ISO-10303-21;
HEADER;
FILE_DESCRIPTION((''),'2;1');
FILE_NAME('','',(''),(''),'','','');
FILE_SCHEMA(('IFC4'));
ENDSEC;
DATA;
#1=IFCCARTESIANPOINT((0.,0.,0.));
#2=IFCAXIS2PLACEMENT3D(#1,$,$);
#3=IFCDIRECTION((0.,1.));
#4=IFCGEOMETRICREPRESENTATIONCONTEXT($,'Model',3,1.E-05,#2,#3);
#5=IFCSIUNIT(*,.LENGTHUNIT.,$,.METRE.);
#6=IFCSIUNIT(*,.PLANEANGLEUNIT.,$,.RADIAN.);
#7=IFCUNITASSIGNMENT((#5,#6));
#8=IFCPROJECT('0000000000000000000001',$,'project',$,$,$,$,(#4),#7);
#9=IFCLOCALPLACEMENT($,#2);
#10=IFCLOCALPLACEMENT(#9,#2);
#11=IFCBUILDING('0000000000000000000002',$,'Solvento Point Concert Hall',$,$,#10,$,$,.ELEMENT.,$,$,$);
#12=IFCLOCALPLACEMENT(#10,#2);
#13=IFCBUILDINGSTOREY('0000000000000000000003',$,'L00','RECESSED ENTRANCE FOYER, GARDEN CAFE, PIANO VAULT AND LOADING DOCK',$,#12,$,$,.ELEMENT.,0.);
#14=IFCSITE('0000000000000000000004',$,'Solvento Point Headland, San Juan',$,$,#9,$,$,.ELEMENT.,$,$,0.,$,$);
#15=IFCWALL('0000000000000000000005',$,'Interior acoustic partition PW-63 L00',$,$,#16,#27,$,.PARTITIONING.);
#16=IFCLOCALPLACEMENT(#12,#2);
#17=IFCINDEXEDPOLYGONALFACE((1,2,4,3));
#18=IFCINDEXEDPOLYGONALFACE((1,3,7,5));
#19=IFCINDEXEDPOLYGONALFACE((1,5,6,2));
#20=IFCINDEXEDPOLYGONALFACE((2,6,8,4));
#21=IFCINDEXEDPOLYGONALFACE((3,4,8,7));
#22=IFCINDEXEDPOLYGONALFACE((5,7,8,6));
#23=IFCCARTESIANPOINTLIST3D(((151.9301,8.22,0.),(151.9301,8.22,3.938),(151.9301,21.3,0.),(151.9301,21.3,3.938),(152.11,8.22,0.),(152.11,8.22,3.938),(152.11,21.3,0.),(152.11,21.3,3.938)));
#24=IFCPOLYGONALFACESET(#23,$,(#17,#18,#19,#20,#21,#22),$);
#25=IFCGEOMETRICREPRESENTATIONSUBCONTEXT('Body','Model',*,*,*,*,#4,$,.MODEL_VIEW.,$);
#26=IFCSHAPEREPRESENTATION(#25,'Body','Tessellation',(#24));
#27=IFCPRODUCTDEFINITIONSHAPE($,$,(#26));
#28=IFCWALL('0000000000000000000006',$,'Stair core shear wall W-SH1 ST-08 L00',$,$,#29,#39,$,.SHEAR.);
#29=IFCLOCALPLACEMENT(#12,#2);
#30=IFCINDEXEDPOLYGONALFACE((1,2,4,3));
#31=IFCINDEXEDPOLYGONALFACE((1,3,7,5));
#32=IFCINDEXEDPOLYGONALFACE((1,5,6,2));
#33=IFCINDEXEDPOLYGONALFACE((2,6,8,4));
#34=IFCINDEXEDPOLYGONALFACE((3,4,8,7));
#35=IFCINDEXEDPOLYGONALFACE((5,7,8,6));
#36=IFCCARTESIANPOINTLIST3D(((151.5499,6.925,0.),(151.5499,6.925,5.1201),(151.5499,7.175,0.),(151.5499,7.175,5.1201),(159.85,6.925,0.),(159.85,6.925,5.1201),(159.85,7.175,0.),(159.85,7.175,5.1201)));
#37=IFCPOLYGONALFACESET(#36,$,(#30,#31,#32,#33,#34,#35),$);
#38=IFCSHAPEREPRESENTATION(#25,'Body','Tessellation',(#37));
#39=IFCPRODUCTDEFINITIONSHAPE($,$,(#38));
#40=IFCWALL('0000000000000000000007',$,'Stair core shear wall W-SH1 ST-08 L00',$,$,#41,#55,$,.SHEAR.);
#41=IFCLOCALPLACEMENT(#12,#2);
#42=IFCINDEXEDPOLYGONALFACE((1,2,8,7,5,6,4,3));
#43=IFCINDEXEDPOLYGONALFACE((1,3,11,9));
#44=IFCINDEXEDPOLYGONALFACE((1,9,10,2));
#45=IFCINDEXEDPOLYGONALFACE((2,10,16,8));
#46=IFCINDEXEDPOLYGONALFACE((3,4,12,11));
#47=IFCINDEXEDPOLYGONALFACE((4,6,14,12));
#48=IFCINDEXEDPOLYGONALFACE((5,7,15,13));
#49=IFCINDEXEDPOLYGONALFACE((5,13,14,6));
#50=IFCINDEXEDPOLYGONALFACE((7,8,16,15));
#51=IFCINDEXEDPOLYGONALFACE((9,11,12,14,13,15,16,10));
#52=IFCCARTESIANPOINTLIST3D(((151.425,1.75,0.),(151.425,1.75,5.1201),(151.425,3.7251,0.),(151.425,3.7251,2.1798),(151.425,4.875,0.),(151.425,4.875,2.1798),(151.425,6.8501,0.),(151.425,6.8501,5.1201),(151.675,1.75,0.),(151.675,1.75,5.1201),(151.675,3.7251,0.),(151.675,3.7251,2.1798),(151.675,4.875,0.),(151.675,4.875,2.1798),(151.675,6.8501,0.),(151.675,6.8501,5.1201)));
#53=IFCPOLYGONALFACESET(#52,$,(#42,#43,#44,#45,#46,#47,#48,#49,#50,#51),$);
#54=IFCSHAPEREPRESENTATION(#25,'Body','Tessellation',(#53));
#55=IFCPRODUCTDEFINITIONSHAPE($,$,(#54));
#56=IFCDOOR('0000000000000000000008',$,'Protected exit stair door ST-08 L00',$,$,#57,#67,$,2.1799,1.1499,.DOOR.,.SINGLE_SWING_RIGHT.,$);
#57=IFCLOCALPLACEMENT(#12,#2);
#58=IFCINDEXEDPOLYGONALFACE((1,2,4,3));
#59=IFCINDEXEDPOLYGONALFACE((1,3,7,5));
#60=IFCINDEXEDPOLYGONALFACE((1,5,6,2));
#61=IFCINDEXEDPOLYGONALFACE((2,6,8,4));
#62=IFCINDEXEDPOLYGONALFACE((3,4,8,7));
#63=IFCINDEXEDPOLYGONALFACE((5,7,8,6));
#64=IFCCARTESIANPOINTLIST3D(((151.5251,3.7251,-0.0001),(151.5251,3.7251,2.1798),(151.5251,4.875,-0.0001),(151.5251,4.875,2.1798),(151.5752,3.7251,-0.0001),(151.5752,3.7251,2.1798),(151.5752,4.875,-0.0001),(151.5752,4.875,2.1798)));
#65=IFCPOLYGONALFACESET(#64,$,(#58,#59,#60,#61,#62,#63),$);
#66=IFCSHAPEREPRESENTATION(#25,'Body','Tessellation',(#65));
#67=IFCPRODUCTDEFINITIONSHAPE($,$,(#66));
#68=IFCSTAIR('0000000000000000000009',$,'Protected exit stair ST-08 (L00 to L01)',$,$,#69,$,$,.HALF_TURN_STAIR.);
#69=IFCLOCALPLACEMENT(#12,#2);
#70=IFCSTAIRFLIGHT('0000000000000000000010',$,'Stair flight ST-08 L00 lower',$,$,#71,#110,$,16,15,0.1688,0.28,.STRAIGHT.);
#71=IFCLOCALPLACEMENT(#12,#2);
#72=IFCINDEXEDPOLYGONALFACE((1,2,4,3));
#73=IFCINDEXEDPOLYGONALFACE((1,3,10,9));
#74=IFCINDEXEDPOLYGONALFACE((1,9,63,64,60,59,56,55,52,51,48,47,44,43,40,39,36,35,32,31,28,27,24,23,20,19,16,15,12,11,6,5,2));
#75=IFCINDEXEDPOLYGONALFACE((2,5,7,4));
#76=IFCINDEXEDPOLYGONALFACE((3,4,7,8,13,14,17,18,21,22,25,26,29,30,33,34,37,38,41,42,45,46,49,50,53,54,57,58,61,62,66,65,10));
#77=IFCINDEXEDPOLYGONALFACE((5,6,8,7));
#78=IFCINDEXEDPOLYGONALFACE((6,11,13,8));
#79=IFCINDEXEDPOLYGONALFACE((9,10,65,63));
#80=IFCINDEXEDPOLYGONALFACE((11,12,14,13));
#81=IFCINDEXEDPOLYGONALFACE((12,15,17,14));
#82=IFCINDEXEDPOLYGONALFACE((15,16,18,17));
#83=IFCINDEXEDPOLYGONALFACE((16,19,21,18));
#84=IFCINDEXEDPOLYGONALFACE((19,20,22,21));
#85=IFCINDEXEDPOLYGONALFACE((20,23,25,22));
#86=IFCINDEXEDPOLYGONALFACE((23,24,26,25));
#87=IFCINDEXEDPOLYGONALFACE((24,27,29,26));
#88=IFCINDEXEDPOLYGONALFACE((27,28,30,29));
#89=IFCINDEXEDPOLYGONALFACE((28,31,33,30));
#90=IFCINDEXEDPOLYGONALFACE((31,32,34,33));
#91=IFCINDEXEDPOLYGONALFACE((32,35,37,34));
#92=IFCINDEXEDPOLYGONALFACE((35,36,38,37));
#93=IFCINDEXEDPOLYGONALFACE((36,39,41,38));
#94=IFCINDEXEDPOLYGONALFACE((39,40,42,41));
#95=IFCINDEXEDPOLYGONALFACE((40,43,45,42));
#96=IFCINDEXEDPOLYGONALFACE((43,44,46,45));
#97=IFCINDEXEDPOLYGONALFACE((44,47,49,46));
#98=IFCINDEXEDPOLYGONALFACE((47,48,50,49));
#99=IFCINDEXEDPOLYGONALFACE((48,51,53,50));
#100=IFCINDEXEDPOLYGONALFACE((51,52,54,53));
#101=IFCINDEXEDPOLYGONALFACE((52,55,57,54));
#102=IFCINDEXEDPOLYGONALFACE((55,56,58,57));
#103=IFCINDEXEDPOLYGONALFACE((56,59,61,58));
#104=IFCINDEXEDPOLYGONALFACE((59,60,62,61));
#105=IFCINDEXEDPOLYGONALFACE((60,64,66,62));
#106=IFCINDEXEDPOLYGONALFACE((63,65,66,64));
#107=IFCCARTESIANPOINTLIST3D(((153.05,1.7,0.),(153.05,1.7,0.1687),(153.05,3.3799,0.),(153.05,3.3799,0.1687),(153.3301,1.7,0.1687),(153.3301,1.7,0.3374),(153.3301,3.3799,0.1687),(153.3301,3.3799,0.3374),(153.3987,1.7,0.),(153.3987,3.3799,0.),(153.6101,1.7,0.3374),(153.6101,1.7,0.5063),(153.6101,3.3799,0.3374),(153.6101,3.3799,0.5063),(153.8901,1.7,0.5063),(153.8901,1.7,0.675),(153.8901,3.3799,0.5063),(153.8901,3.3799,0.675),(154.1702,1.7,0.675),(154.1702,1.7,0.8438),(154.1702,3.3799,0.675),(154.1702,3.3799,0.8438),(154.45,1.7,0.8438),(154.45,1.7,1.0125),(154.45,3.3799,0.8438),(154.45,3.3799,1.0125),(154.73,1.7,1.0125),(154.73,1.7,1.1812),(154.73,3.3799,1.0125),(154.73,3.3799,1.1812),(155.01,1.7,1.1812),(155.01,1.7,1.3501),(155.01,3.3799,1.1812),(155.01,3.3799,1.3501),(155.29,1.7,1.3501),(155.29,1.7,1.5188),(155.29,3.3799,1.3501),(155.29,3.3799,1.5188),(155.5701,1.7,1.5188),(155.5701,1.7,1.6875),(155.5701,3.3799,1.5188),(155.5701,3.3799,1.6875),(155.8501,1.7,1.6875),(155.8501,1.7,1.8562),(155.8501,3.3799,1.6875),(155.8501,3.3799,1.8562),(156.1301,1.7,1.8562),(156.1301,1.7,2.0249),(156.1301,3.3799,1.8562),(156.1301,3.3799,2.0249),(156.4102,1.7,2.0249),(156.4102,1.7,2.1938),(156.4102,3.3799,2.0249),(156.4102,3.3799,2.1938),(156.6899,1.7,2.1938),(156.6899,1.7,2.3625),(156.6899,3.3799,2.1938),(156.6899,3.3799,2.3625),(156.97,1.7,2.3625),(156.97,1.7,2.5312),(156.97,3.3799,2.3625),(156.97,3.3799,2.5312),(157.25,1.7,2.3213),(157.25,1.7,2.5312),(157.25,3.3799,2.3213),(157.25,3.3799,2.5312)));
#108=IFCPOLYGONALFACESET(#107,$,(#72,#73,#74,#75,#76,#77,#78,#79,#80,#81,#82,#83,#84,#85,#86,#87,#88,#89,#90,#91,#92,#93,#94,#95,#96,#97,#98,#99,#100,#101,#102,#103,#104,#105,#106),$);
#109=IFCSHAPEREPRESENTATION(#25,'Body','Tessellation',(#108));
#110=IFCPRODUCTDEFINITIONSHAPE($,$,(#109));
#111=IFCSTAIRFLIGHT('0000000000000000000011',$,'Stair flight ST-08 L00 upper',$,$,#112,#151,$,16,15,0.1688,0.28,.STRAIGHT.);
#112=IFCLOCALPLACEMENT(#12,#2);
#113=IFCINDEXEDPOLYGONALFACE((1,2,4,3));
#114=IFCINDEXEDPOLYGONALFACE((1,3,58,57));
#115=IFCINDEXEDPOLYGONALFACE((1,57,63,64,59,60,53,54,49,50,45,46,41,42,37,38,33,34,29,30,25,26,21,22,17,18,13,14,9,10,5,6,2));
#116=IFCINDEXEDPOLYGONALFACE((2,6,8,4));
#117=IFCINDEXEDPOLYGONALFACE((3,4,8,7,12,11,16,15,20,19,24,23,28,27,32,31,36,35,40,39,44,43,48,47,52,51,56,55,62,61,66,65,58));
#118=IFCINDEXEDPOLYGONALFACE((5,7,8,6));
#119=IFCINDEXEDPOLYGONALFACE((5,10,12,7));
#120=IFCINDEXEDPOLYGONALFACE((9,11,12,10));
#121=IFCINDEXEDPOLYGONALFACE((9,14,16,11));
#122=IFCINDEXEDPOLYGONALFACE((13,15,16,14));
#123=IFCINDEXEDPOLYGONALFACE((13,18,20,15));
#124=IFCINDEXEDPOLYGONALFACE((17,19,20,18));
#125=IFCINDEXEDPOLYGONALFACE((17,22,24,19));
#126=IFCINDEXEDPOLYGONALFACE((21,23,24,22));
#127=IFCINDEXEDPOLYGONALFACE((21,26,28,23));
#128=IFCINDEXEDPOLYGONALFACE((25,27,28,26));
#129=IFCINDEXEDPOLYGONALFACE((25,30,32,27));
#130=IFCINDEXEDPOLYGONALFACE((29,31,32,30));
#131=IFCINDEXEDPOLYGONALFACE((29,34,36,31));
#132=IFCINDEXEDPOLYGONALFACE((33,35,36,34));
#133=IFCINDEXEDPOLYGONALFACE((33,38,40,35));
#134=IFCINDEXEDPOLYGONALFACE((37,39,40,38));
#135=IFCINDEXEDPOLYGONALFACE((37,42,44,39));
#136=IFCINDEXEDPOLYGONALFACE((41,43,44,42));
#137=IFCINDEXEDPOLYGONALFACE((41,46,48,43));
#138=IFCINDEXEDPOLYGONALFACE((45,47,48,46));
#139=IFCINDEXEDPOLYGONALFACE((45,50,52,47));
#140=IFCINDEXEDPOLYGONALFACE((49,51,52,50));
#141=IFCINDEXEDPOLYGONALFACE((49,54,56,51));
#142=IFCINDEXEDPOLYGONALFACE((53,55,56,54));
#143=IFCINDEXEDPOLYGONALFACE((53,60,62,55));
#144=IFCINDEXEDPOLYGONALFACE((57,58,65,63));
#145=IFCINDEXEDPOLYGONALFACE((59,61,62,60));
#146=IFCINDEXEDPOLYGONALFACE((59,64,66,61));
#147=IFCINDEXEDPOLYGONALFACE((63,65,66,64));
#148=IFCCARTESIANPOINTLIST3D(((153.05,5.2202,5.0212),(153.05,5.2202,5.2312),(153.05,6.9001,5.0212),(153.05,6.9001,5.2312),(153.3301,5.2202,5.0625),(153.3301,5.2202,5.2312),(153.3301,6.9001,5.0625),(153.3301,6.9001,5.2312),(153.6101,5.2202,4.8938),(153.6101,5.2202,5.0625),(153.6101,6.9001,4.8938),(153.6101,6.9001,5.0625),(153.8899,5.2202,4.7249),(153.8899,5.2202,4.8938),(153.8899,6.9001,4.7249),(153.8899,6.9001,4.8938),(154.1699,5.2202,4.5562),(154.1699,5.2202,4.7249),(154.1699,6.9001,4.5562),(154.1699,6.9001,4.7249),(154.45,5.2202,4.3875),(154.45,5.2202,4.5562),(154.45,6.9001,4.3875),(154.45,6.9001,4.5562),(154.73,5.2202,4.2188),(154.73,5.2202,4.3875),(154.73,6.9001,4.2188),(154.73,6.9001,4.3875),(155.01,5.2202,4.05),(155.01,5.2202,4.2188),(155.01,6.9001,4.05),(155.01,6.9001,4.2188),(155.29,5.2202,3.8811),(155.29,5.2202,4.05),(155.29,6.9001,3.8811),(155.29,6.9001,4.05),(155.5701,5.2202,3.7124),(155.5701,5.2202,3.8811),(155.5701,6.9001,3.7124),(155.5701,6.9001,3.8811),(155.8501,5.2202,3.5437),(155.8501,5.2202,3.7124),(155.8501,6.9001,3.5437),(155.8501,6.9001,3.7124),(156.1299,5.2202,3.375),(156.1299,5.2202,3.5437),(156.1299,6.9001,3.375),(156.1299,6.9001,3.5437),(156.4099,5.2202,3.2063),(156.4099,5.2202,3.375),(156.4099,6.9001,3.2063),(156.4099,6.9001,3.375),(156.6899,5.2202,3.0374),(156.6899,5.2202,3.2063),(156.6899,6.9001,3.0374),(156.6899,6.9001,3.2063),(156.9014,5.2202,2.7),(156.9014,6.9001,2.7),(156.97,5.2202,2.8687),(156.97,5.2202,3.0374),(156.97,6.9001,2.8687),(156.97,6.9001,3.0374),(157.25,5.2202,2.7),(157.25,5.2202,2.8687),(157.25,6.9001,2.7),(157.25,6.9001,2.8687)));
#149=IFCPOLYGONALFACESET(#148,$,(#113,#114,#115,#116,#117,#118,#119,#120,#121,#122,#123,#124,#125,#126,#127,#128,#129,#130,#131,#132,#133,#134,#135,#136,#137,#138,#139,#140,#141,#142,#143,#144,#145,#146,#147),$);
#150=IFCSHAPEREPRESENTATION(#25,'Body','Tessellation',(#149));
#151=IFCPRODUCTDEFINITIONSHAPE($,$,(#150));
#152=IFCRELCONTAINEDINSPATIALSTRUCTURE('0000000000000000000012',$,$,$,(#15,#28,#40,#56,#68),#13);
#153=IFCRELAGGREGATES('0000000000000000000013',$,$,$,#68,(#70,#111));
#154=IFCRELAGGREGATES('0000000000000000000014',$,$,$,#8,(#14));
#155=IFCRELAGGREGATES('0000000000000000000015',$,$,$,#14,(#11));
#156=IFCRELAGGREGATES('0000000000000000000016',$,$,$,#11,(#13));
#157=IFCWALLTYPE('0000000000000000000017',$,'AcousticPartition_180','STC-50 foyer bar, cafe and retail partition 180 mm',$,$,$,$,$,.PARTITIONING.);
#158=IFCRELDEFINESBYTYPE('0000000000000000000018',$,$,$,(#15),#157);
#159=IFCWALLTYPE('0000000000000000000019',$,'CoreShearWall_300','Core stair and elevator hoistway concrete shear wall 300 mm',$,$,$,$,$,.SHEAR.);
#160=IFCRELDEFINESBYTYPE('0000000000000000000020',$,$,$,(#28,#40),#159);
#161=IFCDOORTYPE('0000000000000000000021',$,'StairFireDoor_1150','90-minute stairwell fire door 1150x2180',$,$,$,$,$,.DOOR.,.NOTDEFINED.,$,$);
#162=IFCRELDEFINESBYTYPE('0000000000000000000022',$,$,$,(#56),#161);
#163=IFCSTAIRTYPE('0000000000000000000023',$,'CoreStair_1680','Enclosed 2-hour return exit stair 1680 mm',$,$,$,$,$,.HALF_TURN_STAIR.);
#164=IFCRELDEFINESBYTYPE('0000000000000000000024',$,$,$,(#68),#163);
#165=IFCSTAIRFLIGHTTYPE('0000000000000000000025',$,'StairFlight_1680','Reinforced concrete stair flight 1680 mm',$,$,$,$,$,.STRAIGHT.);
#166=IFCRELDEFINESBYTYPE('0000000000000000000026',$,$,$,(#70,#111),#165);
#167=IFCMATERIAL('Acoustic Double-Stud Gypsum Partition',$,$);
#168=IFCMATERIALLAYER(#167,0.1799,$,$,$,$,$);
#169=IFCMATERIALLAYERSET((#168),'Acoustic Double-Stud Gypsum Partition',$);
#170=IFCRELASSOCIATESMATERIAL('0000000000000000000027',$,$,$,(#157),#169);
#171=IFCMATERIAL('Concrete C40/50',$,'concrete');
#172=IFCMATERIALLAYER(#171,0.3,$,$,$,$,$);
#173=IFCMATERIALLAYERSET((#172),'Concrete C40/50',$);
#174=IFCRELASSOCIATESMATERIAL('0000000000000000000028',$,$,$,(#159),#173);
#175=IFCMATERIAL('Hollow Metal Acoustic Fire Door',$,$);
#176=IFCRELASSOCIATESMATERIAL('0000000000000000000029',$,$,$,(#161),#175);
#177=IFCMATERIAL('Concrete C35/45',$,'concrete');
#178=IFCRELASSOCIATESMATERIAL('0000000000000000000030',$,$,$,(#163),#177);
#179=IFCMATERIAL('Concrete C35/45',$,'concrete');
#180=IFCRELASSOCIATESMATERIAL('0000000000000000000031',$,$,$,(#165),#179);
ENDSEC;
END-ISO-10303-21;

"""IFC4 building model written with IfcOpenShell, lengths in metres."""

from ifc_helpers import new_model, si_unit, direction, frame, frame_2d, origin, place, context, subcontext, project, spatial, polyline, rectangle, outline, extrude, material, layer, layer_set, type_object, element, fill, aggregate, save


model = new_model("IFC4")

# Units and contexts
model_context = context("Model", 3, precision=1e-05, world=origin(), true_north=direction((0.0, 1.0)))
body_context = subcontext(model_context, "Body", "Model", "MODEL_VIEW")
ifc_project = project(units=[si_unit("LENGTHUNIT", "METRE"), si_unit("PLANEANGLEUNIT", "RADIAN")], contexts=[model_context])

# Site, building, storey
site_placement = place(None, origin())
site = spatial("IfcSite", under=ifc_project, at=site_placement, Name="Solvento Point Headland, San Juan", CompositionType="ELEMENT", RefElevation=0.0)
building_placement = place(site_placement, origin())
building = spatial("IfcBuilding", under=site, at=building_placement, Name="Solvento Point Concert Hall", CompositionType="ELEMENT")
storey_placement = place(building_placement, origin())
storey = spatial("IfcBuildingStorey", under=building, at=storey_placement, Name="L00", Description="RECESSED ENTRANCE FOYER, GARDEN CAFE, PIANO VAULT AND LOADING DOCK", CompositionType="ELEMENT", Elevation=0.0)

# Walls
ifc_material_1 = material(Name="Acoustic Double-Stud Gypsum Partition")
ifc_layer_1 = layer(ifc_material_1, 0.1799)
ifc_layer_set_1 = layer_set([ifc_layer_1], Name="Acoustic Double-Stud Gypsum Partition")
wall_type_1 = type_object("IfcWallType", Name="AcousticPartition_180", Description="STC-50 foyer bar, cafe and retail partition 180 mm", PredefinedType="PARTITIONING", material=ifc_layer_set_1)
wall_1_placement = place(storey_placement, frame((152.02, 8.22, 0.0), z_axis=(0.0, 0.0, 1.0), x_axis=(0.0, 1.0, 0.0)))
element("IfcWall", 1, at=wall_1_placement, inside=storey, type_object=wall_type_1, Name="Interior acoustic partition PW-63 L00", PredefinedType="PARTITIONING", context=body_context, shape_type="SweptSolid", body=[
    extrude(rectangle(XDim=13.0801, YDim=0.1799, at=frame_2d((6.54, 0.0))), origin(), (0.0, 0.0, 1.0), 3.938),
])
ifc_material_2 = material(Name="Concrete C40/50", Category="concrete")
ifc_layer_2 = layer(ifc_material_2, 0.3)
ifc_layer_set_2 = layer_set([ifc_layer_2], Name="Concrete C40/50")
wall_type_2 = type_object("IfcWallType", Name="CoreShearWall_300", Description="Core stair and elevator hoistway concrete shear wall 300 mm", PredefinedType="SHEAR", material=ifc_layer_set_2)
wall_2_placement = place(storey_placement, frame((151.55, 7.05, 0.0), z_axis=(0.0, 0.0, 1.0), x_axis=(1.0, 0.0, 0.0)))
element("IfcWall", 2, at=wall_2_placement, inside=storey, type_object=wall_type_2, Name="Stair core shear wall W-SH1 ST-08 L00", PredefinedType="SHEAR", context=body_context, shape_type="SweptSolid", body=[
    extrude(rectangle(XDim=8.3, YDim=0.25, at=frame_2d((4.1499, 0.0))), origin(), (0.0, 0.0, 1.0), 5.1201),
])

# Wall, opening, door
wall_3_placement = place(storey_placement, frame((151.55, 1.75, 0.0), z_axis=(0.0, 0.0, 1.0), x_axis=(0.0, 1.0, 0.0)))
wall_3 = element("IfcWall", 3, at=wall_3_placement, inside=storey, type_object=wall_type_2, Name="Stair core shear wall W-SH1 ST-08 L00", PredefinedType="SHEAR", context=body_context, shape_type="SweptSolid", body=[
    extrude(rectangle(XDim=5.1001, YDim=0.25, at=frame_2d((2.55, 0.0))), origin(), (0.0, 0.0, 1.0), 5.1201),
])
opening_1_placement = place(wall_3_placement, frame((1.9751, 0.0, 0.0)))
opening_1 = element("IfcOpeningElement", 4, at=opening_1_placement, cuts=wall_3, PredefinedType="OPENING", context=body_context, shape_type="SweptSolid", body=[
    extrude(rectangle(XDim=1.1499, YDim=2.1799, at=frame_2d((0.575, 1.0898))), frame((0.0, 0.135, 0.0), z_axis=(0.0, -1.0, 0.0), x_axis=(1.0, 0.0, 0.0)), (0.0, 0.0, 1.0), 0.27),
])
ifc_material_3 = material(Name="Hollow Metal Acoustic Fire Door")
door_type_1 = type_object("IfcDoorType", Name="StairFireDoor_1150", Description="90-minute stairwell fire door 1150x2180", OperationType="NOTDEFINED", PredefinedType="DOOR", material=ifc_material_3)
door_1_placement = place(opening_1_placement, origin())
door_1 = element("IfcDoor", 5, at=door_1_placement, inside=storey, type_object=door_type_1, Name="Protected exit stair door ST-08 L00", OperationType="SINGLE_SWING_RIGHT", OverallHeight=2.1799, OverallWidth=1.1499, PredefinedType="DOOR", context=body_context, shape_type="SweptSolid", body=[
    extrude(rectangle(XDim=1.1499, YDim=2.1799, at=frame_2d((0.575, 1.0898))), frame((0.0, 0.0249, 0.0), z_axis=(0.0, -1.0, 0.0), x_axis=(1.0, 0.0, 0.0)), (0.0, 0.0, 1.0), 0.05),
])
fill(opening_1, door_1)

# Stair, stair flights
ifc_material_4 = material(Name="Concrete C35/45", Category="concrete")
stair_type = type_object("IfcStairType", Name="CoreStair_1680", Description="Enclosed 2-hour return exit stair 1680 mm", PredefinedType="HALF_TURN_STAIR", material=ifc_material_4)
stair_placement = place(storey_placement, origin())
stair = element("IfcStair", 6, at=stair_placement, inside=storey, type_object=stair_type, Name="Protected exit stair ST-08 (L00 to L01)", PredefinedType="HALF_TURN_STAIR")
ifc_material_5 = material(Name="Concrete C35/45", Category="concrete")
stair_flight_type = type_object("IfcStairFlightType", Name="StairFlight_1680", Description="Reinforced concrete stair flight 1680 mm", PredefinedType="STRAIGHT", material=ifc_material_5)
stair_flight_1_placement = place(storey_placement, frame((153.05, 2.54, 0.0), z_axis=(0.0, 0.0, 1.0), x_axis=(1.0, 0.0, 0.0)))
stair_flight_1 = element("IfcStairFlight", 7, at=stair_flight_1_placement, type_object=stair_flight_type, Name="Stair flight ST-08 L00 lower", NumberOfRisers=16, NumberOfTreads=15, PredefinedType="STRAIGHT", RiserHeight=0.1688, TreadLength=0.28, context=body_context, shape_type="SweptSolid", body=[
    extrude(outline(polyline([(0.0, 0.0), (0.0, 0.1687), (0.28, 0.1687), (0.28, 0.3374), (0.5601, 0.3374), (0.5601, 0.5063), (0.8401, 0.5063), (0.8401, 0.675), (1.1201, 0.675), (1.1201, 0.8438), (1.3999, 0.8438), (1.3999, 1.0125), (1.6799, 1.0125), (1.6799, 1.1812), (1.96, 1.1812), (1.96, 1.3501), (2.24, 1.3501), (2.24, 1.5188), (2.52, 1.5188), (2.52, 1.6875), (2.8, 1.6875), (2.8, 1.8562), (3.0801, 1.8562), (3.0801, 2.0249), (3.3601, 2.0249), (3.3601, 2.1938), (3.6399, 2.1938), (3.6399, 2.3625), (3.9199, 2.3625), (3.9199, 2.5312), (4.2, 2.5312), (4.2, 2.7), (4.2, 2.3213), (0.3486, 0.0), (0.0, 0.0)])), frame((0.0, 0.8398, 0.0), z_axis=(0.0, -1.0, 0.0), x_axis=(1.0, 0.0, 0.0)), (0.0, 0.0, 1.0), 1.6799),
])
stair_flight_2_placement = place(storey_placement, frame((157.25, 6.0601, 2.7), z_axis=(0.0, 0.0, 1.0), x_axis=(-1.0, 0.0, 0.0)))
stair_flight_2 = element("IfcStairFlight", 8, at=stair_flight_2_placement, type_object=stair_flight_type, Name="Stair flight ST-08 L00 upper", NumberOfRisers=16, NumberOfTreads=15, PredefinedType="STRAIGHT", RiserHeight=0.1688, TreadLength=0.28, context=body_context, shape_type="SweptSolid", body=[
    extrude(outline(polyline([(0.0, 0.0), (0.0, 0.1687), (0.28, 0.1687), (0.28, 0.3374), (0.5601, 0.3374), (0.5601, 0.5063), (0.8401, 0.5063), (0.8401, 0.675), (1.1201, 0.675), (1.1201, 0.8438), (1.3999, 0.8438), (1.3999, 1.0125), (1.6799, 1.0125), (1.6799, 1.1812), (1.96, 1.1812), (1.96, 1.3501), (2.24, 1.3501), (2.24, 1.5188), (2.52, 1.5188), (2.52, 1.6875), (2.8, 1.6875), (2.8, 1.8562), (3.0801, 1.8562), (3.0801, 2.0249), (3.3601, 2.0249), (3.3601, 2.1938), (3.6399, 2.1938), (3.6399, 2.3625), (3.9199, 2.3625), (3.9199, 2.5312), (4.2, 2.5312), (4.2, 2.7), (4.2, 2.3213), (0.3486, 0.0), (0.0, 0.0)])), frame((0.0, 0.8398, 0.0), z_axis=(0.0, -1.0, 0.0), x_axis=(1.0, 0.0, 0.0)), (0.0, 0.0, 1.0), 1.6799),
])
aggregate(stair, [stair_flight_1, stair_flight_2])

save(model, "model.ifc")
